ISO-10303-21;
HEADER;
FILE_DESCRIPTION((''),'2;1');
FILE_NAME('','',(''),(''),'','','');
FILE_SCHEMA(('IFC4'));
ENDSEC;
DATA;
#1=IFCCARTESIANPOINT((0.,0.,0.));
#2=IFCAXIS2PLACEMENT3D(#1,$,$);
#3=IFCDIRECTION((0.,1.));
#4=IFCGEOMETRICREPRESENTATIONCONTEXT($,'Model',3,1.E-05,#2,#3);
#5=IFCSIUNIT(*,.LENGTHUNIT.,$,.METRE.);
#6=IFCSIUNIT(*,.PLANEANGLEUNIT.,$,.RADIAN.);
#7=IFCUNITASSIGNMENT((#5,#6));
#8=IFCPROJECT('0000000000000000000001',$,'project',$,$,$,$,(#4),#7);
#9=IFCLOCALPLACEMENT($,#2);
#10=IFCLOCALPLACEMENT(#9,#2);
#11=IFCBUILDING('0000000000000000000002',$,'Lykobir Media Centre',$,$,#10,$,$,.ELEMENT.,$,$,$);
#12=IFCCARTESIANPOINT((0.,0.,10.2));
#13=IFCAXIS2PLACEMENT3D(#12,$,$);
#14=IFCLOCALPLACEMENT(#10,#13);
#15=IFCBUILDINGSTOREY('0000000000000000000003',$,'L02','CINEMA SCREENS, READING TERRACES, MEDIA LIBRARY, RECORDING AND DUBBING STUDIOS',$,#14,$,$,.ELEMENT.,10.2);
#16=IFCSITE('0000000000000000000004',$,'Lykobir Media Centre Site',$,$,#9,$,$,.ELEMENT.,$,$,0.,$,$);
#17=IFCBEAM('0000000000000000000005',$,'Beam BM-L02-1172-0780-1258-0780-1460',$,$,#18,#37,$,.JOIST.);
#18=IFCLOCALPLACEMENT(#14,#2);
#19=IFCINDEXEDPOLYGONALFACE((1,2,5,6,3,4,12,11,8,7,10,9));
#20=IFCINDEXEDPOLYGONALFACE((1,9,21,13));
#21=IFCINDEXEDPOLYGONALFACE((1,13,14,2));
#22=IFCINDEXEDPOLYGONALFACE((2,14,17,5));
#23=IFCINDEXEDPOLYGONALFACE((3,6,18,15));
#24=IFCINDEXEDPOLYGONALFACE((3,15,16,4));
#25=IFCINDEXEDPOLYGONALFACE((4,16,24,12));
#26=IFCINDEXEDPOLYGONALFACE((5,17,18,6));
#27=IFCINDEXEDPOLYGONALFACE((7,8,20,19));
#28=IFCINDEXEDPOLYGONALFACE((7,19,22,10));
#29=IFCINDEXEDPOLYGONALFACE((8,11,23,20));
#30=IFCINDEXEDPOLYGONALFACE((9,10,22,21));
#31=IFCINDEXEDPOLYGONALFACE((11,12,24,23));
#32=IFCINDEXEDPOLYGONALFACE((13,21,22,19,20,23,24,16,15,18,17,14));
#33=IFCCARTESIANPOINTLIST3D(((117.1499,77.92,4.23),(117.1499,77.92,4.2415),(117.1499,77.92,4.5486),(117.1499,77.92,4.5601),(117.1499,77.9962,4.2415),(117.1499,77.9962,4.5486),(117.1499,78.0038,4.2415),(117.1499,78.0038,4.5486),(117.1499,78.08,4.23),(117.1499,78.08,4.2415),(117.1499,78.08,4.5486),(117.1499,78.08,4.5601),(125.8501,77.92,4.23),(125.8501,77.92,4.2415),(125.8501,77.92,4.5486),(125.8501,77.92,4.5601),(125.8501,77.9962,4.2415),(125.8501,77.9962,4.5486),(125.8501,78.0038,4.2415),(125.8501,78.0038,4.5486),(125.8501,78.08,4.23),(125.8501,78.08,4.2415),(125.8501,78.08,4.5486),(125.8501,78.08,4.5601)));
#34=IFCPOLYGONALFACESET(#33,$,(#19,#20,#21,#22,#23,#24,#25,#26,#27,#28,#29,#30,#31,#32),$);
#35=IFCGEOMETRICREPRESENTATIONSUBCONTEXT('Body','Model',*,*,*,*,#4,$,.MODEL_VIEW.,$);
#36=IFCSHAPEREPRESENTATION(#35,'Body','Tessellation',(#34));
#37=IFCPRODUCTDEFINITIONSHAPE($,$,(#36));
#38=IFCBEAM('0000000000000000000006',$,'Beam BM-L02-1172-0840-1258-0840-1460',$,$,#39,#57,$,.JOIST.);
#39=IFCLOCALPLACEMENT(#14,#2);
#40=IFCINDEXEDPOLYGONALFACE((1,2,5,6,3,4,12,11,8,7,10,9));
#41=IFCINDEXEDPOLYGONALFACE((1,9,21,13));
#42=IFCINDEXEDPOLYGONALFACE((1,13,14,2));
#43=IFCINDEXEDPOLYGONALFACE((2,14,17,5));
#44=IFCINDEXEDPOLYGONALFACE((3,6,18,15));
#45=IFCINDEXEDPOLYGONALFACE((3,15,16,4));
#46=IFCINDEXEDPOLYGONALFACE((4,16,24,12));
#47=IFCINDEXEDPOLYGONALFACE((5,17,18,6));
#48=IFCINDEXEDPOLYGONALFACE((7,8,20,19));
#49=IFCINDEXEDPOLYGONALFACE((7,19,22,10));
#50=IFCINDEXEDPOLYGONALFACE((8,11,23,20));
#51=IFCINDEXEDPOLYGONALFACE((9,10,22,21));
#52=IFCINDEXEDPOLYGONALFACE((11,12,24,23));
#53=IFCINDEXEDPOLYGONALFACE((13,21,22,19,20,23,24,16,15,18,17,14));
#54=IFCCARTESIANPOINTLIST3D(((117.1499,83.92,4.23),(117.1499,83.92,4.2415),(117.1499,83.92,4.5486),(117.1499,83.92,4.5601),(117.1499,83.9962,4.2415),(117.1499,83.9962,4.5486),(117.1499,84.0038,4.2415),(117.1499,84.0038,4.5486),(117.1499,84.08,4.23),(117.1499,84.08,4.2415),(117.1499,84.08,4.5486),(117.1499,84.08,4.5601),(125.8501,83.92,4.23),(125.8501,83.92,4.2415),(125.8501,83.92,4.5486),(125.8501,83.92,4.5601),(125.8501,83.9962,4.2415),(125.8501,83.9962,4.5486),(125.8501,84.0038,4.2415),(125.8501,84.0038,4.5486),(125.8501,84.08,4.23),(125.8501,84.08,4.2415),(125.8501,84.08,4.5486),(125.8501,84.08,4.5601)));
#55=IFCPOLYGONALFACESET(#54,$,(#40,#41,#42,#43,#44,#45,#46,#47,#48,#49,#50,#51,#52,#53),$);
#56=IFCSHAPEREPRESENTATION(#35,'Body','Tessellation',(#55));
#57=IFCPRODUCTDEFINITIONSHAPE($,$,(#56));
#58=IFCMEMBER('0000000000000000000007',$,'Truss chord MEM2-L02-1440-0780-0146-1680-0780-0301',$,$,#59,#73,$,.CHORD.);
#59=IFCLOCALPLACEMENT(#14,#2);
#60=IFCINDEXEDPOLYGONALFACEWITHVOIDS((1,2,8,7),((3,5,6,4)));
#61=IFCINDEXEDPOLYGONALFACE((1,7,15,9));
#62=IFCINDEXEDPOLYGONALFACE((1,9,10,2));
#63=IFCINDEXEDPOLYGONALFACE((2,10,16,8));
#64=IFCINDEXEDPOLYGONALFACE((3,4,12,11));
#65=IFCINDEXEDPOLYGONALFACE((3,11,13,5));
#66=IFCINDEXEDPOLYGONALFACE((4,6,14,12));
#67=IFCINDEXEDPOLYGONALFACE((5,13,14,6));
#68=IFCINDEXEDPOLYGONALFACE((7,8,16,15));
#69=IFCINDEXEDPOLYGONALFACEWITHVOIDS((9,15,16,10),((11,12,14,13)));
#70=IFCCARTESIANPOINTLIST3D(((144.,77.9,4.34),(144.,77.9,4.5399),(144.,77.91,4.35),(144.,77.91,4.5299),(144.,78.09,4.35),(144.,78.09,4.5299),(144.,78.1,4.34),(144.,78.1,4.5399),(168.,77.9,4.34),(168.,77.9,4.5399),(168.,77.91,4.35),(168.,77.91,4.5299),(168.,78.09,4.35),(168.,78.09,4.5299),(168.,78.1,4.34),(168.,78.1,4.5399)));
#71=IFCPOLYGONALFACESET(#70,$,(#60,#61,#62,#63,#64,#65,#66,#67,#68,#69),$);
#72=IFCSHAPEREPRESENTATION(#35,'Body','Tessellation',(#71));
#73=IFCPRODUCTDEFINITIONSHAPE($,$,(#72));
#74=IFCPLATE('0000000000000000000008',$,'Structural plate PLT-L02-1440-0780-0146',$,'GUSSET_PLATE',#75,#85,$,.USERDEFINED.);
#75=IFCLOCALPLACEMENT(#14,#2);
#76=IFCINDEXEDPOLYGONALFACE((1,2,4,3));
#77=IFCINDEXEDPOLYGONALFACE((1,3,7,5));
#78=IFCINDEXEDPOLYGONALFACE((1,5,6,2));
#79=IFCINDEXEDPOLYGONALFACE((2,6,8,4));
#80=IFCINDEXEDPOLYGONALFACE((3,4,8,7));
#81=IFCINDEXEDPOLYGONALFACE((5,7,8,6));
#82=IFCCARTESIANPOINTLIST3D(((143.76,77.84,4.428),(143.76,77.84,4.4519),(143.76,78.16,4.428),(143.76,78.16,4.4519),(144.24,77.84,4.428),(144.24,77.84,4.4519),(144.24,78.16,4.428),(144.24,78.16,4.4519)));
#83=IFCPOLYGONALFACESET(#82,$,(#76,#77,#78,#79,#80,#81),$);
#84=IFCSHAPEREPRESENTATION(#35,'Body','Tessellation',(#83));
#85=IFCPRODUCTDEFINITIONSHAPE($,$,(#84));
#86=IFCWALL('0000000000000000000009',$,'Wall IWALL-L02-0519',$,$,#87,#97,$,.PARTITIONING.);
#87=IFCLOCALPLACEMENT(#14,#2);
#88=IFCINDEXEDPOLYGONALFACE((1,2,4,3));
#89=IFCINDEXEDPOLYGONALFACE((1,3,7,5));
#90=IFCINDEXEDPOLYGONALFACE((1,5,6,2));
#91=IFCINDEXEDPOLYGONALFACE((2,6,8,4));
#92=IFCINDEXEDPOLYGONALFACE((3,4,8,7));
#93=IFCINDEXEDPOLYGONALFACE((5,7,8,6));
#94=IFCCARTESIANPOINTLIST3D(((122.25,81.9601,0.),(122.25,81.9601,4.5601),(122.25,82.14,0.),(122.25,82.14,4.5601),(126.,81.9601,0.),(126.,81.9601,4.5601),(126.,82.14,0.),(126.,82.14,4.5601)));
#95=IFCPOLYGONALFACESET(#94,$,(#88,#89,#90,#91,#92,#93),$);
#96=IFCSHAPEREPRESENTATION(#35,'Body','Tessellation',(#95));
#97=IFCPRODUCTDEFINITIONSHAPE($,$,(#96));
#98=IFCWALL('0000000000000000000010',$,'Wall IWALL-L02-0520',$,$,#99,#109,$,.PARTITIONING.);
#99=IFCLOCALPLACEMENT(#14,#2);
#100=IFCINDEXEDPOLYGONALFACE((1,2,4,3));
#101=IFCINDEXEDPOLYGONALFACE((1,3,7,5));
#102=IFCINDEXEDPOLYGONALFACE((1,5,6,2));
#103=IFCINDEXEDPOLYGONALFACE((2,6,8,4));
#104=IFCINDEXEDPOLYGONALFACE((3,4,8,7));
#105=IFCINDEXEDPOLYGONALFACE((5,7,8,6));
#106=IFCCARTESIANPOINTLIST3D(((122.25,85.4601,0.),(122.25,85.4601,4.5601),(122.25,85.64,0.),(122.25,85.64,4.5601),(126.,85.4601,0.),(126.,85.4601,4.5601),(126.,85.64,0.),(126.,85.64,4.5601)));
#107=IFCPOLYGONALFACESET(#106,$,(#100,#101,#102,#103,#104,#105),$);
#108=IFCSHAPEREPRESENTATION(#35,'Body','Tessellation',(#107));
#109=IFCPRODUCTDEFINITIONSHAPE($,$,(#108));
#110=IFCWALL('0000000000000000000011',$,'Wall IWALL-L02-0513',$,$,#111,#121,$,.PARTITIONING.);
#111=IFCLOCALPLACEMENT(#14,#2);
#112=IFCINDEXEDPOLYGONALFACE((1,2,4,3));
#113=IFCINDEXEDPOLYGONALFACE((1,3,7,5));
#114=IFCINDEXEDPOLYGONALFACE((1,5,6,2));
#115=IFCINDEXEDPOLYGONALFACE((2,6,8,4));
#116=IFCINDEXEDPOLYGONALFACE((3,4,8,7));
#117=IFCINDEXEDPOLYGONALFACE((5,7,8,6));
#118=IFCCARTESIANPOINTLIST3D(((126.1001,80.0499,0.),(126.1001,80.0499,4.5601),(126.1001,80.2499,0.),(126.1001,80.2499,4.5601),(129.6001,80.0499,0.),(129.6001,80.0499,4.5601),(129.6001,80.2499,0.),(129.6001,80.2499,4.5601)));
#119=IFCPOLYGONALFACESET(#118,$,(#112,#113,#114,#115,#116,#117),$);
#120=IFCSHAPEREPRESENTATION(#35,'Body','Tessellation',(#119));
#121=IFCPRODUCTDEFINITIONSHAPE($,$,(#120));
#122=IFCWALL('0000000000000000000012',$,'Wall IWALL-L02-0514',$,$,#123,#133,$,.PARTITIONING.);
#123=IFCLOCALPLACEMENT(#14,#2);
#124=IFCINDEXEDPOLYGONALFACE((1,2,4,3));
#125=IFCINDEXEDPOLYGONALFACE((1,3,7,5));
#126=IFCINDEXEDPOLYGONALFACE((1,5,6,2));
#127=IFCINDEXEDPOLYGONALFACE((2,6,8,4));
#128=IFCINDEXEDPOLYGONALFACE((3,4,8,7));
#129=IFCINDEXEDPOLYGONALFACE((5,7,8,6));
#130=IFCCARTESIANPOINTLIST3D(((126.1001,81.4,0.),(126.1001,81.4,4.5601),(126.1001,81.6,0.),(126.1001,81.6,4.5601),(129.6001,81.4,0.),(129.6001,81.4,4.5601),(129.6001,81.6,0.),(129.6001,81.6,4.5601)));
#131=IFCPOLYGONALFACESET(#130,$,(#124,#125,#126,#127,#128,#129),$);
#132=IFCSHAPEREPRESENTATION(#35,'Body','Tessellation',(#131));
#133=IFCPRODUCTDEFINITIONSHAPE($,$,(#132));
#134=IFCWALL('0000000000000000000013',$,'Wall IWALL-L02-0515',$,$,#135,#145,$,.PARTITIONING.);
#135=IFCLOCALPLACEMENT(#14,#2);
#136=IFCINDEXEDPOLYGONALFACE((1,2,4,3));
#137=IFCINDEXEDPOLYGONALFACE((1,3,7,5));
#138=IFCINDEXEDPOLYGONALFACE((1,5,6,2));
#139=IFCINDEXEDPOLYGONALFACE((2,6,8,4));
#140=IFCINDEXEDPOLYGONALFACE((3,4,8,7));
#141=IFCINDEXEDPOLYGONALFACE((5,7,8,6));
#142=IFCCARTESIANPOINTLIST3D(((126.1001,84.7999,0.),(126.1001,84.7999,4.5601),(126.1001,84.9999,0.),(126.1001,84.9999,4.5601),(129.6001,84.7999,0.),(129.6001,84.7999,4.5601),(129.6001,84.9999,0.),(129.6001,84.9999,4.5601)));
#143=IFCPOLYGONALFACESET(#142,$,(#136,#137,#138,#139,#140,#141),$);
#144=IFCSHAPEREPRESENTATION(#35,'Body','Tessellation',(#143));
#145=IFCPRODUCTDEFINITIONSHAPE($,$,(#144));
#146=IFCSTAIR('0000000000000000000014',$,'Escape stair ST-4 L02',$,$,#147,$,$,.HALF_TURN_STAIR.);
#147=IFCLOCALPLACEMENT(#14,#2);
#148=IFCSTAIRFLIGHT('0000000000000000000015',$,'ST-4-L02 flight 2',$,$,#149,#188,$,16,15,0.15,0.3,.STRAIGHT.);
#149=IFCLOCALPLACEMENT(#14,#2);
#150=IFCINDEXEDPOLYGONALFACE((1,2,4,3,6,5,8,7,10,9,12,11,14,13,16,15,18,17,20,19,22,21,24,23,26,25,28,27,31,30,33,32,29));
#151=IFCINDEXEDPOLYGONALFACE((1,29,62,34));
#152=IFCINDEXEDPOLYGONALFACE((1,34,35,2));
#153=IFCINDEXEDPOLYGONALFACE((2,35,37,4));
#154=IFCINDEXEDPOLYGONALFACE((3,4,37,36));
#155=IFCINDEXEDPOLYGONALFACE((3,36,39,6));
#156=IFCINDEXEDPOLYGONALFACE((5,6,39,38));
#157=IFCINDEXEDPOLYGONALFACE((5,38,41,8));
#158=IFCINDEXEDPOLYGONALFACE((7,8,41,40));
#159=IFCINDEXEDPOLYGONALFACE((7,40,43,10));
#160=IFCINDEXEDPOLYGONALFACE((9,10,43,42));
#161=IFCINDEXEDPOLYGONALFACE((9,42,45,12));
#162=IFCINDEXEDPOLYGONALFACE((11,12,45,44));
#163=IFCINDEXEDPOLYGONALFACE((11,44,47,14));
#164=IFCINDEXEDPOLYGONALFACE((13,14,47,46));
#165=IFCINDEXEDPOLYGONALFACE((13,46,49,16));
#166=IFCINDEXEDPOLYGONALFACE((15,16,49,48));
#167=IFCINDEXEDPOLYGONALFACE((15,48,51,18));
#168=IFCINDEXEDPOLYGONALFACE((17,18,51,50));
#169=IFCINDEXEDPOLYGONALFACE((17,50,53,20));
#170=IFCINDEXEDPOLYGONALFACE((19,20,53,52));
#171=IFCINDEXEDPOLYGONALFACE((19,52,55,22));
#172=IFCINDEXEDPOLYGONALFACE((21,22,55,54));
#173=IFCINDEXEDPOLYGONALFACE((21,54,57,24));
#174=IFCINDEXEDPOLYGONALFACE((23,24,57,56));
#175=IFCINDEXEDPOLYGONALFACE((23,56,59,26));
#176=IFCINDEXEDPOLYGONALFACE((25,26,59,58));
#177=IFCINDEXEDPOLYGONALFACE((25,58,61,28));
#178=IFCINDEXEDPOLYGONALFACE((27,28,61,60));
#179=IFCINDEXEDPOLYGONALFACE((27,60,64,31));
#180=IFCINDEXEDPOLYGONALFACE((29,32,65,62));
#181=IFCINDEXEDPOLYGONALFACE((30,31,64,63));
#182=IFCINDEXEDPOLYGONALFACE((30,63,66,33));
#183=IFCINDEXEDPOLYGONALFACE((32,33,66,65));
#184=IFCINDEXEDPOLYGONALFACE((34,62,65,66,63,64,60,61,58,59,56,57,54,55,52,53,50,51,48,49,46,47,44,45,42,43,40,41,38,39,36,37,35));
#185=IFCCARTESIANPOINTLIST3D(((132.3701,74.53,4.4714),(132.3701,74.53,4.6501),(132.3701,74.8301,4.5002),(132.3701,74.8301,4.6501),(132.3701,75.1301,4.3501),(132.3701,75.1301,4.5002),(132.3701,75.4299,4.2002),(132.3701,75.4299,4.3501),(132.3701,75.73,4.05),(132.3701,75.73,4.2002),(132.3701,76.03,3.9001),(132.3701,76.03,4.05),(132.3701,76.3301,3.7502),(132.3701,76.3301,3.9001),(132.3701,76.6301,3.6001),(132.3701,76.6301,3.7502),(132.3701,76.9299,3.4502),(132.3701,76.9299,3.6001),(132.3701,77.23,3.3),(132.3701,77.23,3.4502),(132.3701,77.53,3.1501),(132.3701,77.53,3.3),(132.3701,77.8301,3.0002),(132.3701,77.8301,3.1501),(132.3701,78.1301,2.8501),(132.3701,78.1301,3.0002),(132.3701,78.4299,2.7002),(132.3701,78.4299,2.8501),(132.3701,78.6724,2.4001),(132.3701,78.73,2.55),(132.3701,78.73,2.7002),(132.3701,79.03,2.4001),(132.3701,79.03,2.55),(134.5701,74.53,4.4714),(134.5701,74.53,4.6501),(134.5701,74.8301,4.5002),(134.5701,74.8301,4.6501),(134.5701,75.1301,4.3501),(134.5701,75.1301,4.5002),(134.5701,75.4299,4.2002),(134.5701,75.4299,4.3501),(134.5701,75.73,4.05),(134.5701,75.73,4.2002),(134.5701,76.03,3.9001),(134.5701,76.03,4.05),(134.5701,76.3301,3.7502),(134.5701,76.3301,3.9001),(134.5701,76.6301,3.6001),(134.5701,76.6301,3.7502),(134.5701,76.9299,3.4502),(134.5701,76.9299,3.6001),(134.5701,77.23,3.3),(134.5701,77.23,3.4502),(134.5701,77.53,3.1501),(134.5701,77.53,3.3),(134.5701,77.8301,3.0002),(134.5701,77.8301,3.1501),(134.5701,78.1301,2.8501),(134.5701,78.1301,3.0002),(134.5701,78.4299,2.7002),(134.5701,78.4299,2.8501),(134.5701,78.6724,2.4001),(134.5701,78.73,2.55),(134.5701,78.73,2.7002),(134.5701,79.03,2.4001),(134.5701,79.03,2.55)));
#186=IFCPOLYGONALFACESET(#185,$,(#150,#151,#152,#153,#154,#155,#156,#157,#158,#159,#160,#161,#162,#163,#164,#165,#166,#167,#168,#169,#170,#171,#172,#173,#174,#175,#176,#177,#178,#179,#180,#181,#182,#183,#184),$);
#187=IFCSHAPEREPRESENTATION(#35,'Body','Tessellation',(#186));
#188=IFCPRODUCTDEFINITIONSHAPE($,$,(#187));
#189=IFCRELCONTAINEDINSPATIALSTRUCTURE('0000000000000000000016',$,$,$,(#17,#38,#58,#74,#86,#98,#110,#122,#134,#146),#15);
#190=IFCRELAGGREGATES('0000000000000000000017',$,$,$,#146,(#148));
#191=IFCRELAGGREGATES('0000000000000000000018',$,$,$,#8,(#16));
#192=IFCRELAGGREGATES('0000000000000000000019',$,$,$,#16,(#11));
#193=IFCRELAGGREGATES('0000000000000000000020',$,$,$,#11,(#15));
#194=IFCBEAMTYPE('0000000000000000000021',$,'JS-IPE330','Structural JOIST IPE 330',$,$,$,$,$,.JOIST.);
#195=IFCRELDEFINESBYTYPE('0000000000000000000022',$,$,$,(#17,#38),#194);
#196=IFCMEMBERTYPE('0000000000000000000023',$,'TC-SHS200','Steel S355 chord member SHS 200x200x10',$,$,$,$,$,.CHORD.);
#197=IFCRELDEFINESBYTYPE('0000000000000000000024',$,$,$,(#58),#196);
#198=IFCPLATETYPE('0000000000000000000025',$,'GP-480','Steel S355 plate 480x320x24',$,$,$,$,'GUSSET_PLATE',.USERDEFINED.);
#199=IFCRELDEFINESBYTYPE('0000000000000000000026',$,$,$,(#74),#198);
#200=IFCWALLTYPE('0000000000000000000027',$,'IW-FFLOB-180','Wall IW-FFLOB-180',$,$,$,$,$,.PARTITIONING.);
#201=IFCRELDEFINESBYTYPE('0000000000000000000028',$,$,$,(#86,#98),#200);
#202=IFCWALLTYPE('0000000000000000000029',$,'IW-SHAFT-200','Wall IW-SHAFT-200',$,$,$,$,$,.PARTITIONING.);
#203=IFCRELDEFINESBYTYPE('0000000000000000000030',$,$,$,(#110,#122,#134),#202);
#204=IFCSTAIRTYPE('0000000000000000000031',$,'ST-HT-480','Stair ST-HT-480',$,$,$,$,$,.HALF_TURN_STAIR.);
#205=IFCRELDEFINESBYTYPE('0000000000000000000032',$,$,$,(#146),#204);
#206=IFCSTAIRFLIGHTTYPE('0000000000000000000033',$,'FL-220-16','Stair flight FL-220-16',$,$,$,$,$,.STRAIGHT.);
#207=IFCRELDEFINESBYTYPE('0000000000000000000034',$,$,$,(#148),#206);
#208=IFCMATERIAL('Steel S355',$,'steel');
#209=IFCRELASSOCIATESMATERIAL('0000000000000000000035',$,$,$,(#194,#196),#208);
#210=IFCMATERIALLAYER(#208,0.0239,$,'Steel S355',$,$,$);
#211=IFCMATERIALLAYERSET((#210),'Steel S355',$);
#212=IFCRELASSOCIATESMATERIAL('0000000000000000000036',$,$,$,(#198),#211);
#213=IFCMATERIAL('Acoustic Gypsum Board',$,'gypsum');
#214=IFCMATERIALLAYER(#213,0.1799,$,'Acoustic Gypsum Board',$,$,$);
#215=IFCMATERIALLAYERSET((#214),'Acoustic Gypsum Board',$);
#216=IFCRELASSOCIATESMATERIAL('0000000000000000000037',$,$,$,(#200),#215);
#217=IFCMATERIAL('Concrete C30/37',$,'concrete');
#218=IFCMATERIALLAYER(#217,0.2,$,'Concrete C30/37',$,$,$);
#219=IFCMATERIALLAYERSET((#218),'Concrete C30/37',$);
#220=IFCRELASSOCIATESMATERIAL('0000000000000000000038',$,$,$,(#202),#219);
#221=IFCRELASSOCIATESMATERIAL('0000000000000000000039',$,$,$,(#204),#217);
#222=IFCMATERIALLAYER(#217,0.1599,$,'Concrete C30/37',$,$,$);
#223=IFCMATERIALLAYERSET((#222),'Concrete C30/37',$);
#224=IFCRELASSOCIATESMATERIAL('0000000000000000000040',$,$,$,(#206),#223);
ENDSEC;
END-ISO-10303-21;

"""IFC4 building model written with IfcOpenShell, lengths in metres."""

from ifc_helpers import new_model, si_unit, direction, frame, frame_2d, origin, origin_2d, place, context, subcontext, project, spatial, polyline, rectangle, hollow_rectangle, i_section, outline, extrude, material, layer, layer_set, material_profile, profile_set, type_object, element, aggregate, save


model = new_model("IFC4")

# Units and contexts
model_context = context("Model", 3, precision=1e-05, world=origin(), true_north=direction((0.0, 1.0)))
body_context = subcontext(model_context, "Body", "Model", "MODEL_VIEW")
ifc_project = project(units=[si_unit("LENGTHUNIT", "METRE"), si_unit("PLANEANGLEUNIT", "RADIAN")], contexts=[model_context])

# Site, building, storey
site_placement = place(None, origin())
site = spatial("IfcSite", under=ifc_project, at=site_placement, Name="Lykobir Media Centre Site", CompositionType="ELEMENT", RefElevation=0.0)
building_placement = place(site_placement, origin())
building = spatial("IfcBuilding", under=site, at=building_placement, Name="Lykobir Media Centre", CompositionType="ELEMENT")
storey_placement = place(building_placement, frame((0.0, 0.0, 10.2)))
storey = spatial("IfcBuildingStorey", under=building, at=storey_placement, Name="L02", Description="CINEMA SCREENS, READING TERRACES, MEDIA LIBRARY, RECORDING AND DUBBING STUDIOS", CompositionType="ELEMENT", Elevation=10.2)

# Shared definitions
ifc_material_1 = material(Name="Steel S355", Category="steel")

# Beams
ifc_material_profile_1 = material_profile(ifc_material_1, i_section(OverallWidth=0.1599, OverallDepth=0.3301, WebThickness=0.0076, FlangeThickness=0.0115, at=origin_2d()), Name="IPE 330")
ifc_profile_set_1 = profile_set([ifc_material_profile_1], Name="Steel S355")
beam_type_1 = type_object("IfcBeamType", Name="JS-IPE330", Description="Structural JOIST IPE 330", PredefinedType="JOIST", material=ifc_profile_set_1)
for number, where, z_axis, x_axis, name in (
    (1, (117.1499, 78.0, 4.395), (1.0, 0.0, 0.0), (0.0, 1.0, 0.0), "Beam BM-L02-1172-0780-1258-0780-1460"),
    (2, (117.1499, 84.0, 4.395), (1.0, 0.0, 0.0), (0.0, 1.0, 0.0), "Beam BM-L02-1172-0840-1258-0840-1460"),
):
    element("IfcBeam", number, at=place(storey_placement, frame(where, z_axis=z_axis, x_axis=x_axis)), inside=storey, type_object=beam_type_1, Name=name, PredefinedType="JOIST", context=body_context, shape_type="SweptSolid", body=[
        extrude(i_section(OverallWidth=0.1599, OverallDepth=0.3301, WebThickness=0.0076, FlangeThickness=0.0115, at=origin_2d()), origin(), (0.0, 0.0, 1.0), 8.7002),
    ])

# Member
ifc_material_profile_2 = material_profile(ifc_material_1, hollow_rectangle(XDim=0.2, YDim=0.2, WallThickness=0.01, at=origin_2d()), Name="SHS 200x200x10")
ifc_profile_set_2 = profile_set([ifc_material_profile_2], Name="Steel S355")
member_type_1 = type_object("IfcMemberType", Name="TC-SHS200", Description="Steel S355 chord member SHS 200x200x10", PredefinedType="CHORD", material=ifc_profile_set_2)
member_1_placement = place(storey_placement, frame((144.0, 78.0, 4.4399), z_axis=(1.0, 0.0, 0.0), x_axis=(0.0, 1.0, 0.0)))
element("IfcMember", 3, at=member_1_placement, inside=storey, type_object=member_type_1, Name="Truss chord MEM2-L02-1440-0780-0146-1680-0780-0301", PredefinedType="CHORD", context=body_context, shape_type="SweptSolid", body=[
    extrude(hollow_rectangle(XDim=0.2, YDim=0.2, WallThickness=0.01, at=origin_2d()), origin(), (0.0, 0.0, 1.0), 24.0),
])

# Plate
ifc_layer_1 = layer(ifc_material_1, 0.0239, Name="Steel S355")
ifc_layer_set_1 = layer_set([ifc_layer_1], Name="Steel S355")
plate_type = type_object("IfcPlateType", Name="GP-480", Description="Steel S355 plate 480x320x24", ElementType="GUSSET_PLATE", PredefinedType="USERDEFINED", material=ifc_layer_set_1)
plate_placement = place(storey_placement, frame((144.0, 78.0, 4.428), z_axis=(0.0, 0.0, 1.0), x_axis=(1.0, 0.0, 0.0)))
element("IfcPlate", 4, at=plate_placement, inside=storey, type_object=plate_type, Name="Structural plate PLT-L02-1440-0780-0146", ObjectType="GUSSET_PLATE", PredefinedType="USERDEFINED", context=body_context, shape_type="SweptSolid", body=[
    extrude(rectangle(XDim=0.48, YDim=0.3201, at=origin_2d()), origin(), (0.0, 0.0, 1.0), 0.0239),
])

# Walls
ifc_material_2 = material(Name="Acoustic Gypsum Board", Category="gypsum")
ifc_layer_2 = layer(ifc_material_2, 0.1799, Name="Acoustic Gypsum Board")
ifc_layer_set_2 = layer_set([ifc_layer_2], Name="Acoustic Gypsum Board")
wall_type_1 = type_object("IfcWallType", Name="IW-FFLOB-180", Description="Wall IW-FFLOB-180", PredefinedType="PARTITIONING", material=ifc_layer_set_2)
for number, where, z_axis, x_axis, name in (
    (5, (122.25, 82.05, 0.0), (0.0, 0.0, 1.0), (1.0, 0.0, 0.0), "Wall IWALL-L02-0519"),
    (6, (122.25, 85.55, 0.0), (0.0, 0.0, 1.0), (1.0, 0.0, 0.0), "Wall IWALL-L02-0520"),
):
    element("IfcWall", number, at=place(storey_placement, frame(where, z_axis=z_axis, x_axis=x_axis)), inside=storey, type_object=wall_type_1, Name=name, PredefinedType="PARTITIONING", context=body_context, shape_type="SweptSolid", body=[
        extrude(rectangle(XDim=3.75, YDim=0.1799, at=frame_2d((1.875, 0.0))), origin(), (0.0, 0.0, 1.0), 4.5601),
    ])
ifc_material_3 = material(Name="Concrete C30/37", Category="concrete")
ifc_layer_3 = layer(ifc_material_3, 0.2, Name="Concrete C30/37")
ifc_layer_set_3 = layer_set([ifc_layer_3], Name="Concrete C30/37")
wall_type_2 = type_object("IfcWallType", Name="IW-SHAFT-200", Description="Wall IW-SHAFT-200", PredefinedType="PARTITIONING", material=ifc_layer_set_3)
for number, where, z_axis, x_axis, name in (
    (7, (126.1001, 80.1499, 0.0), (0.0, 0.0, 1.0), (1.0, 0.0, 0.0), "Wall IWALL-L02-0513"),
    (8, (126.1001, 81.5, 0.0), (0.0, 0.0, 1.0), (1.0, 0.0, 0.0), "Wall IWALL-L02-0514"),
    (9, (126.1001, 84.8999, 0.0), (0.0, 0.0, 1.0), (1.0, 0.0, 0.0), "Wall IWALL-L02-0515"),
):
    element("IfcWall", number, at=place(storey_placement, frame(where, z_axis=z_axis, x_axis=x_axis)), inside=storey, type_object=wall_type_2, Name=name, PredefinedType="PARTITIONING", context=body_context, shape_type="SweptSolid", body=[
        extrude(rectangle(XDim=3.5, YDim=0.2, at=frame_2d((1.75, 0.0))), origin(), (0.0, 0.0, 1.0), 4.5601),
    ])

# Stair, stair flight
stair_type = type_object("IfcStairType", Name="ST-HT-480", Description="Stair ST-HT-480", PredefinedType="HALF_TURN_STAIR", material=ifc_material_3)
stair_placement = place(storey_placement, origin())
stair = element("IfcStair", 10, at=stair_placement, inside=storey, type_object=stair_type, Name="Escape stair ST-4 L02", PredefinedType="HALF_TURN_STAIR")
ifc_layer_4 = layer(ifc_material_3, 0.1599, Name="Concrete C30/37")
ifc_layer_set_4 = layer_set([ifc_layer_4], Name="Concrete C30/37")
stair_flight_type = type_object("IfcStairFlightType", Name="FL-220-16", Description="Stair flight FL-220-16", PredefinedType="STRAIGHT", material=ifc_layer_set_4)
stair_flight_placement = place(storey_placement, frame((133.47, 79.03, 2.4001), z_axis=(0.0, 0.0, 1.0), x_axis=(0.0, -1.0, 0.0)))
stair_flight = element("IfcStairFlight", 11, at=stair_flight_placement, type_object=stair_flight_type, Name="ST-4-L02 flight 2", NumberOfRisers=16, NumberOfTreads=15, PredefinedType="STRAIGHT", RiserHeight=0.15, TreadLength=0.3, context=body_context, shape_type="SweptSolid", body=[
    extrude(outline(polyline([(0.0, 0.0), (0.0, 0.1499), (0.3, 0.1499), (0.3, 0.3), (0.6001, 0.3), (0.6001, 0.45), (0.8999, 0.45), (0.8999, 0.6001), (1.2, 0.6001), (1.2, 0.75), (1.5, 0.75), (1.5, 0.8999), (1.8, 0.8999), (1.8, 1.05), (2.1001, 1.05), (2.1001, 1.2), (2.3999, 1.2), (2.3999, 1.3501), (2.7, 1.3501), (2.7, 1.5), (3.0, 1.5), (3.0, 1.6499), (3.3, 1.6499), (3.3, 1.8), (3.6001, 1.8), (3.6001, 1.95), (3.8999, 1.95), (3.8999, 2.1001), (4.2, 2.1001), (4.2, 2.25), (4.5, 2.25), (4.5, 2.3999), (4.5, 2.0713), (0.3577, 0.0), (0.0, 0.0)])), frame((0.0, 1.1001, 0.0), z_axis=(0.0, -1.0, 0.0), x_axis=(1.0, 0.0, 0.0)), (0.0, 0.0, 1.0), 2.2),
])
aggregate(stair, [stair_flight])

save(model, "model.ifc")
